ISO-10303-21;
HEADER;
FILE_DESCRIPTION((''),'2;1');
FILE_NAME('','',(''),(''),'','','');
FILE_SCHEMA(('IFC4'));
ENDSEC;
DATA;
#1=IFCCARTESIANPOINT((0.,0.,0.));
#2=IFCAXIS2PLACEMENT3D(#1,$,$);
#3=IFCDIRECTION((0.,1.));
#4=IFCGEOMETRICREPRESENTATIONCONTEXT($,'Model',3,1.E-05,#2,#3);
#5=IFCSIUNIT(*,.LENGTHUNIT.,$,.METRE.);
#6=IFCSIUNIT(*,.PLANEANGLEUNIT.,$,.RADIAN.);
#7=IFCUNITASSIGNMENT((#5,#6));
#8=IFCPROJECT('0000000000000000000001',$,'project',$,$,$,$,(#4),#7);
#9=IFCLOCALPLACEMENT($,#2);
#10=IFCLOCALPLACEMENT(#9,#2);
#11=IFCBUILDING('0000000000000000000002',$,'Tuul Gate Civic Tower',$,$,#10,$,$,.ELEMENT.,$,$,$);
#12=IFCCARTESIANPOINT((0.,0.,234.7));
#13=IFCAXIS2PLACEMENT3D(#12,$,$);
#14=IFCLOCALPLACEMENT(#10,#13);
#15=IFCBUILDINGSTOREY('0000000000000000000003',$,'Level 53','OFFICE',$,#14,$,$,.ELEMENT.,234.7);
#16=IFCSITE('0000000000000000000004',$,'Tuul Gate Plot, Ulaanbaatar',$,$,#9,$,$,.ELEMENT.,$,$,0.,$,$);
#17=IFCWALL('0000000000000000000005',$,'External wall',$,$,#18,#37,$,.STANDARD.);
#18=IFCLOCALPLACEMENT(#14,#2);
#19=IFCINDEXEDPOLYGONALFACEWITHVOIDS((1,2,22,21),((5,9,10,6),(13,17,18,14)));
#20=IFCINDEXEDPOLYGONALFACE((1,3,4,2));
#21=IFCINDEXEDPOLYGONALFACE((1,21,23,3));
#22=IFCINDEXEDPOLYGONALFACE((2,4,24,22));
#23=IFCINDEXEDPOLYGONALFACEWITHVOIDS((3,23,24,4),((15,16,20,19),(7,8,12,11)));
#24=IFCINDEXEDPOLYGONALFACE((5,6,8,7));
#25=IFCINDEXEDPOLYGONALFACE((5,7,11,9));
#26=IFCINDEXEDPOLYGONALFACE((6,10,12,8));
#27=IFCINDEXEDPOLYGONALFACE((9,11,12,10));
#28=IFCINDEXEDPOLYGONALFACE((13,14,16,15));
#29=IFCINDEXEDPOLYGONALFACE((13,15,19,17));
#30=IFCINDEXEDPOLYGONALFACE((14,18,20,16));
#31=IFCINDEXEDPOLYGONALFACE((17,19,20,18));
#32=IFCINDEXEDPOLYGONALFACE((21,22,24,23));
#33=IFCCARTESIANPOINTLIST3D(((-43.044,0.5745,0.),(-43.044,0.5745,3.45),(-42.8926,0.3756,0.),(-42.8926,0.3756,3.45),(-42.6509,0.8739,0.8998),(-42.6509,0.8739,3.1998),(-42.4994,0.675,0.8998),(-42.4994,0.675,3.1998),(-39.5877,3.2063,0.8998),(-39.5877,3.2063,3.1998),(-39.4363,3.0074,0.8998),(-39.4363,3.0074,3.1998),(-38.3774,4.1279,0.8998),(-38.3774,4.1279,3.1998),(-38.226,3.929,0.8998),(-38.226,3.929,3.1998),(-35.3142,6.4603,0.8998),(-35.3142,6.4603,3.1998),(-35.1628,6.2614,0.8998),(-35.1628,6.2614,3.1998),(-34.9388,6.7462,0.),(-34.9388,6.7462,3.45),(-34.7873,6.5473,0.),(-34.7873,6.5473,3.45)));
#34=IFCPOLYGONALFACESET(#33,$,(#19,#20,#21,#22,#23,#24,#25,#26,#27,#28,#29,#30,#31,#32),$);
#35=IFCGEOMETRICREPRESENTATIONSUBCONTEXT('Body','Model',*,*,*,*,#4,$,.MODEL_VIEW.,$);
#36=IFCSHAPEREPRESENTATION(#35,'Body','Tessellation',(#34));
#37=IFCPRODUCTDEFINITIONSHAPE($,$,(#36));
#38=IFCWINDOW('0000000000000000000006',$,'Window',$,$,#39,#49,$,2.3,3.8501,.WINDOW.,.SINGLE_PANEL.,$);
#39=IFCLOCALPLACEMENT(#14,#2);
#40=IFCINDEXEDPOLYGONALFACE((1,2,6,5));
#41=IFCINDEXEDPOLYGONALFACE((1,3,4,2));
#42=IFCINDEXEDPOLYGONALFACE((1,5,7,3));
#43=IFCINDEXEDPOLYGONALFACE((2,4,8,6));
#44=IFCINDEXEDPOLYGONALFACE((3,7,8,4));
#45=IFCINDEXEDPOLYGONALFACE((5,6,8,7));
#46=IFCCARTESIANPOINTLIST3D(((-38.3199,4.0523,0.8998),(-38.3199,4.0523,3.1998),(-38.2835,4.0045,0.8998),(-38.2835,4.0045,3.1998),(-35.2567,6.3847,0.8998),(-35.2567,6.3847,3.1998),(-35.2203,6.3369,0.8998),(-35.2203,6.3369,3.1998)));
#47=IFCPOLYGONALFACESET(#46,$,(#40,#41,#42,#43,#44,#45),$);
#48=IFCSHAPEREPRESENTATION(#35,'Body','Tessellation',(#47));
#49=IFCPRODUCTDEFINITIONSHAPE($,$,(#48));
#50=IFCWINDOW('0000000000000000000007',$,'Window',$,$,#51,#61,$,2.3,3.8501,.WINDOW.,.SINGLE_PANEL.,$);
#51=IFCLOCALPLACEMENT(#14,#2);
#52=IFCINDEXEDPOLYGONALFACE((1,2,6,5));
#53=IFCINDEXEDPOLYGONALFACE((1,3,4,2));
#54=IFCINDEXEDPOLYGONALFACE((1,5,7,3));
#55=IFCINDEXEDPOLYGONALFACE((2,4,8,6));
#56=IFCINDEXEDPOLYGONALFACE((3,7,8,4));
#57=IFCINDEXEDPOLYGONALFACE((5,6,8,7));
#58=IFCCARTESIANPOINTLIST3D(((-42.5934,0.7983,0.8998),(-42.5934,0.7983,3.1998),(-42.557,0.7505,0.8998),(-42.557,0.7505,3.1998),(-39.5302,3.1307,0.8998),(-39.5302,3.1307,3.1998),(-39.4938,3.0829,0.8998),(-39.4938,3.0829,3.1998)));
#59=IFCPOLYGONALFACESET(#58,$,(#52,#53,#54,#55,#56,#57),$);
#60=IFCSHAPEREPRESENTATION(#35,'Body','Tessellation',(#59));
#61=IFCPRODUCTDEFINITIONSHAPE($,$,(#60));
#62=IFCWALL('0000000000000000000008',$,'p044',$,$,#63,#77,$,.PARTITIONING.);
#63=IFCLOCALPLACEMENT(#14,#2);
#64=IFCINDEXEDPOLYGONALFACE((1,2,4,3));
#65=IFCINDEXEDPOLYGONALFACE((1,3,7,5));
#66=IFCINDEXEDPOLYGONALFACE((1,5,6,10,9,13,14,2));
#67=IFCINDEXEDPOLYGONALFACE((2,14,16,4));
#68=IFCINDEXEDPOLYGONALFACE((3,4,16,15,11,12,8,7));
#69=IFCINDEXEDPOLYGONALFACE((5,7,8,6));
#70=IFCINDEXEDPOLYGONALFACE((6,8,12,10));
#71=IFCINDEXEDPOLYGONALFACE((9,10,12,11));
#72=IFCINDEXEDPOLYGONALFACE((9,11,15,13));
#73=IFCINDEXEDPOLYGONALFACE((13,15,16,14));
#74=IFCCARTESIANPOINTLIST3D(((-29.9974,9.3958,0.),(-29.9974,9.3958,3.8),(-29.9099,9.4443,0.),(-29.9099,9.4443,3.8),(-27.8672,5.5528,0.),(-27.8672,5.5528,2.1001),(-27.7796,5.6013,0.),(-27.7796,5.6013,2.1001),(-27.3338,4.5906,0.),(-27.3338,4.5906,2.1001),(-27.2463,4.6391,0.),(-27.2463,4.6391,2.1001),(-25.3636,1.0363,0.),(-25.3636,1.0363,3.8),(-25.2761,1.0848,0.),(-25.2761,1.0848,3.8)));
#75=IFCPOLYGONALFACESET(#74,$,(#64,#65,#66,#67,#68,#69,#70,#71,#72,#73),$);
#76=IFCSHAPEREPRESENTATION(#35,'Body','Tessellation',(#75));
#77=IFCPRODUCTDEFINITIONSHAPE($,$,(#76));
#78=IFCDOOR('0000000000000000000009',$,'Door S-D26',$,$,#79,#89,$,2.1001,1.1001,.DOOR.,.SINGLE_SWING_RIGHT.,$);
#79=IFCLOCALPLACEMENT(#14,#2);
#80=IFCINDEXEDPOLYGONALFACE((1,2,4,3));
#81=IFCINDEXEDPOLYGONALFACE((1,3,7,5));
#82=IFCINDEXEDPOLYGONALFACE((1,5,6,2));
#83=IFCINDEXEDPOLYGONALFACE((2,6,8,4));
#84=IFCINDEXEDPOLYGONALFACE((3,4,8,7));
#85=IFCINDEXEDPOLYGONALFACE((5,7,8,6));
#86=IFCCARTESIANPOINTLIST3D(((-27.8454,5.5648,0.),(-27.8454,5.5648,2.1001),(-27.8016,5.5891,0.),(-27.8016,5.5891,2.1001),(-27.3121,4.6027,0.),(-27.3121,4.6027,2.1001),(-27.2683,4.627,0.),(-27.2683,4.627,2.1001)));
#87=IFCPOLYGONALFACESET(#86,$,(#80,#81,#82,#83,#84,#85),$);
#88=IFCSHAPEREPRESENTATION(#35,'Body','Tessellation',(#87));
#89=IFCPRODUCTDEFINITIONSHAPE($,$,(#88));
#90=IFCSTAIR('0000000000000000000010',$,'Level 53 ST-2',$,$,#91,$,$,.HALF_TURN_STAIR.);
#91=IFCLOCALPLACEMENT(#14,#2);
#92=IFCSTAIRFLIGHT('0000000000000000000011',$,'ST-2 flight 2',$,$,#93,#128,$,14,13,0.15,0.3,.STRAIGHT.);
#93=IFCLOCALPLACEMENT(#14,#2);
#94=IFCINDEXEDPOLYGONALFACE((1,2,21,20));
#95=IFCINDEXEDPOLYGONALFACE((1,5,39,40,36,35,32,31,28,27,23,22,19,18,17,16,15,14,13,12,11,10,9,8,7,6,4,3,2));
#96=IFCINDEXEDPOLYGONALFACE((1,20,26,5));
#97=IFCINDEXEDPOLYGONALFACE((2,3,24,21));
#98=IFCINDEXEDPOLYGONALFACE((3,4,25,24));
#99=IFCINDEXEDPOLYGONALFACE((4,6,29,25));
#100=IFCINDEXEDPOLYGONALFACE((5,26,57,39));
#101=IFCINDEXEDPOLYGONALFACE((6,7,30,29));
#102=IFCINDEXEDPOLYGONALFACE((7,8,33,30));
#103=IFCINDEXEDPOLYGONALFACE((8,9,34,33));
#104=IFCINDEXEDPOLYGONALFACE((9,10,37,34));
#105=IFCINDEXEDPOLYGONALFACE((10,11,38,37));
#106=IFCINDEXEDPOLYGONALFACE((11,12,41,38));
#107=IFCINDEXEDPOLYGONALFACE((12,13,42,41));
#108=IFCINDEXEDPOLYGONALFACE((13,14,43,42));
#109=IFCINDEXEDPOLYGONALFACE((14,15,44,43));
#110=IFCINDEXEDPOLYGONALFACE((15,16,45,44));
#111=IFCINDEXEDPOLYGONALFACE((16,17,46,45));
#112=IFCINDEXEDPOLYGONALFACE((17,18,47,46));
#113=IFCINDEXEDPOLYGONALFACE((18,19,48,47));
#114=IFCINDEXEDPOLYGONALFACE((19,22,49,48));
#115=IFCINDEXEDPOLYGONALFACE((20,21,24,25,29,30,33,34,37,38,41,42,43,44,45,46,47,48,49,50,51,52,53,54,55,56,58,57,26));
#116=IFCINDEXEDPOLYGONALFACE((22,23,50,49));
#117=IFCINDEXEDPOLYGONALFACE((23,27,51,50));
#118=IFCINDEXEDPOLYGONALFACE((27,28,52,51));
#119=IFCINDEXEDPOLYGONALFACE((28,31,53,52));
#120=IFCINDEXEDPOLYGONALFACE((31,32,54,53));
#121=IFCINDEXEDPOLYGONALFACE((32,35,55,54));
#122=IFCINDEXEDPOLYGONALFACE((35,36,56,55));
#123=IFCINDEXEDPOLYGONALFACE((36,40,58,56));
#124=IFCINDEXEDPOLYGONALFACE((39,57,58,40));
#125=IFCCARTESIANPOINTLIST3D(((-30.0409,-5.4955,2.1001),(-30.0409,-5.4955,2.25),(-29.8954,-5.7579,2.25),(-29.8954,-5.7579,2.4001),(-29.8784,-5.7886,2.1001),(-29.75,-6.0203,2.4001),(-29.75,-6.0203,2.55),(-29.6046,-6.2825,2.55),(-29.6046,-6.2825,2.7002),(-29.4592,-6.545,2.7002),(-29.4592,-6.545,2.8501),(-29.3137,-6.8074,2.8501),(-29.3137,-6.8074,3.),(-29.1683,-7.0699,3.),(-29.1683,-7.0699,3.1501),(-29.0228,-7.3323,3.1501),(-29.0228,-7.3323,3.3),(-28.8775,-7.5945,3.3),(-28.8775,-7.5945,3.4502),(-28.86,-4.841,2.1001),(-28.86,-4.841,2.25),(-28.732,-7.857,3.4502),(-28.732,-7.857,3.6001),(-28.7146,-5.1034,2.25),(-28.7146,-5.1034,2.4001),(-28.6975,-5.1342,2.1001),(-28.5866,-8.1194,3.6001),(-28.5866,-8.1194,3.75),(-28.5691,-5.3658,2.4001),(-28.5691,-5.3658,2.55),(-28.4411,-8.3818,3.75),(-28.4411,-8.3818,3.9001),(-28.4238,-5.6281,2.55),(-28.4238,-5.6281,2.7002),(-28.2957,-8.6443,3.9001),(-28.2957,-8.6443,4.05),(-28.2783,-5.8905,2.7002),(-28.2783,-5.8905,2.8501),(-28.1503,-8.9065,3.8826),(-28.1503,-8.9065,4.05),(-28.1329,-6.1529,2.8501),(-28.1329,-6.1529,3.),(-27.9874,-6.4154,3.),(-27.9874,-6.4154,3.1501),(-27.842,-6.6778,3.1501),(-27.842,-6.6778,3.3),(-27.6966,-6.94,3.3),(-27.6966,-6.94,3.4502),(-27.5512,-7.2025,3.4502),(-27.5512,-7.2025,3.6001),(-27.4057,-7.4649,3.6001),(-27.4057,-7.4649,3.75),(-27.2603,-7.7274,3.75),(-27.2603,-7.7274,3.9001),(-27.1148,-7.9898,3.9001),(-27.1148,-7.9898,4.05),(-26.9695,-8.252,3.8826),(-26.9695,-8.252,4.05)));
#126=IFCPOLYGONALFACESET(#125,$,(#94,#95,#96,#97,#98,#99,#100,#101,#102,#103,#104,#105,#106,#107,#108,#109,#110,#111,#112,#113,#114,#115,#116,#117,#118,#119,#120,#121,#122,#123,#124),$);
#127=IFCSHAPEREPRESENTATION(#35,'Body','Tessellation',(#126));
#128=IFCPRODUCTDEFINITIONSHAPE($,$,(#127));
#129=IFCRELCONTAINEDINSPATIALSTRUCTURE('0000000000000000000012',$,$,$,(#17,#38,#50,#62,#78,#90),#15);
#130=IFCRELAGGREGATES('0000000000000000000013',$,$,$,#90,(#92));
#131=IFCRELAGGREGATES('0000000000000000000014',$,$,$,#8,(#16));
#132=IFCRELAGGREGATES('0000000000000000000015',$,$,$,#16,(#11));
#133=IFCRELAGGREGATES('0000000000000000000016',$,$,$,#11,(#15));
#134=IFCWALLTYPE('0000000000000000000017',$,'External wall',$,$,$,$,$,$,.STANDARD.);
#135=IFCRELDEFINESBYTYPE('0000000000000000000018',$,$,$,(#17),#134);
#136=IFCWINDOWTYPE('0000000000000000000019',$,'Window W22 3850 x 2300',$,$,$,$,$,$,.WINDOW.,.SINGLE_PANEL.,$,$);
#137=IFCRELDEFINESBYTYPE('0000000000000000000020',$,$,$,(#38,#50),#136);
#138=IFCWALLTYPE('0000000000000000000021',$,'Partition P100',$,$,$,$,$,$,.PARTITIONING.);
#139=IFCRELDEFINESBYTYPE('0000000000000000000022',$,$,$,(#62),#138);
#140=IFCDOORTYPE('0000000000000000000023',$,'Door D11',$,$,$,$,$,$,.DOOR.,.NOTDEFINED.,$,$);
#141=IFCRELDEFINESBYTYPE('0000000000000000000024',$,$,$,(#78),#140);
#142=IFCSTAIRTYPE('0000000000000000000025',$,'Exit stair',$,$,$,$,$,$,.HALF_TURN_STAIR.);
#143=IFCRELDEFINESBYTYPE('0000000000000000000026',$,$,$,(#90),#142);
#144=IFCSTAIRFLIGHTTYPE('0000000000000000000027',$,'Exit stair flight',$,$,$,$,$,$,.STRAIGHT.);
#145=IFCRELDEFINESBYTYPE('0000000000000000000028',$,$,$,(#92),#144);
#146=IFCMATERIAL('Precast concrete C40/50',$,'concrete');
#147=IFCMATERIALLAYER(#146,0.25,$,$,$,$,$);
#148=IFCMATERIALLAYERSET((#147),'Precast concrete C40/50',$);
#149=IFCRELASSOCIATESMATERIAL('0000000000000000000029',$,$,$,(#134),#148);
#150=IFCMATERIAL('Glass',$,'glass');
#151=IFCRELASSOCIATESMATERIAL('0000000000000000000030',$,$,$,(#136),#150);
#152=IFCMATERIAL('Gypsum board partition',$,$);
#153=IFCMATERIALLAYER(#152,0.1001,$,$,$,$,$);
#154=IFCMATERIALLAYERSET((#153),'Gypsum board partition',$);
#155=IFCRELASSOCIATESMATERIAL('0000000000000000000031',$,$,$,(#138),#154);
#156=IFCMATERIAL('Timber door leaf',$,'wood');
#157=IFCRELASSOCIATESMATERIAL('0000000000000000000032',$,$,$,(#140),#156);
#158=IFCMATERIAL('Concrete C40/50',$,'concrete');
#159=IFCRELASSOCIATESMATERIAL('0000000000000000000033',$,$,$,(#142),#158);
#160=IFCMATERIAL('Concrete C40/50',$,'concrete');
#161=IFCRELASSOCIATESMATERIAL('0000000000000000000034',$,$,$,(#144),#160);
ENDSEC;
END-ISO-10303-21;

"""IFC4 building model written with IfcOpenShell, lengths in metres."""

from ifc_helpers import new_model, si_unit, direction, frame, frame_2d, origin, place, context, subcontext, project, spatial, polyline, rectangle, outline, extrude, material, layer, layer_set, type_object, element, fill, aggregate, save


model = new_model("IFC4")

# Units and contexts
model_context = context("Model", 3, precision=1e-05, world=origin(), true_north=direction((0.0, 1.0)))
body_context = subcontext(model_context, "Body", "Model", "MODEL_VIEW")
ifc_project = project(units=[si_unit("LENGTHUNIT", "METRE"), si_unit("PLANEANGLEUNIT", "RADIAN")], contexts=[model_context])

# Site, building, storey
site_placement = place(None, origin())
site = spatial("IfcSite", under=ifc_project, at=site_placement, Name="Tuul Gate Plot, Ulaanbaatar", CompositionType="ELEMENT", RefElevation=0.0)
building_placement = place(site_placement, origin())
building = spatial("IfcBuilding", under=site, at=building_placement, Name="Tuul Gate Civic Tower", CompositionType="ELEMENT")
storey_placement = place(building_placement, frame((0.0, 0.0, 234.7)))
storey = spatial("IfcBuildingStorey", under=building, at=storey_placement, Name="Level 53", Description="OFFICE", CompositionType="ELEMENT", Elevation=234.7)

# Wall, openings, windows
ifc_material_1 = material(Name="Precast concrete C40/50", Category="concrete")
ifc_layer_1 = layer(ifc_material_1, 0.25)
ifc_layer_set_1 = layer_set([ifc_layer_1], Name="Precast concrete C40/50")
wall_type_1 = type_object("IfcWallType", Name="External wall", PredefinedType="STANDARD", material=ifc_layer_set_1)
wall_1_placement = place(storey_placement, frame((-34.863, 6.6467, 0.0), z_axis=(0.0, 0.0, 1.0), x_axis=(-0.79561, -0.605809, 0.0)))
wall_1 = element("IfcWall", 1, at=wall_1_placement, inside=storey, type_object=wall_type_1, Name="External wall", PredefinedType="STANDARD", context=body_context, shape_type="SweptSolid", body=[
    extrude(rectangle(XDim=10.1875, YDim=0.25, at=frame_2d((5.0938, 0.0))), origin(), (0.0, 0.0, 1.0), 3.45),
])
opening_1_placement = place(wall_1_placement, frame((0.4719, 0.0, 0.8999)))
opening_1 = element("IfcOpeningElement", 2, at=opening_1_placement, cuts=wall_1, PredefinedType="OPENING", context=body_context, shape_type="SweptSolid", body=[
    extrude(rectangle(XDim=3.8501, YDim=2.3, at=frame_2d((1.925, 1.1499))), frame((0.0, 0.135, 0.0), z_axis=(0.0, -1.0, 0.0), x_axis=(1.0, 0.0, 0.0)), (0.0, 0.0, 1.0), 0.27),
])
opening_2_placement = place(wall_1_placement, frame((5.8433, 0.0, 0.8999)))
opening_2 = element("IfcOpeningElement", 3, at=opening_2_placement, cuts=wall_1, PredefinedType="OPENING", context=body_context, shape_type="SweptSolid", body=[
    extrude(rectangle(XDim=3.8501, YDim=2.3, at=frame_2d((1.925, 1.1499))), frame((0.0, 0.135, 0.0), z_axis=(0.0, -1.0, 0.0), x_axis=(1.0, 0.0, 0.0)), (0.0, 0.0, 1.0), 0.27),
])
ifc_material_2 = material(Name="Glass", Category="glass")
window_type = type_object("IfcWindowType", Name="Window W22 3850 x 2300", PartitioningType="SINGLE_PANEL", PredefinedType="WINDOW", material=ifc_material_2)
window_1_placement = place(opening_1_placement, origin())
window_1 = element("IfcWindow", 4, at=window_1_placement, inside=storey, type_object=window_type, Name="Window", OverallHeight=2.3, OverallWidth=3.8501, PartitioningType="SINGLE_PANEL", PredefinedType="WINDOW", context=body_context, shape_type="SweptSolid", body=[
    extrude(rectangle(XDim=3.8501, YDim=2.3, at=frame_2d((1.925, 1.1499))), frame((0.0, 0.03, 0.0), z_axis=(0.0, -1.0, 0.0), x_axis=(1.0, 0.0, 0.0)), (0.0, 0.0, 1.0), 0.0601),
])
fill(opening_1, window_1)
window_2_placement = place(opening_2_placement, origin())
window_2 = element("IfcWindow", 5, at=window_2_placement, inside=storey, type_object=window_type, Name="Window", OverallHeight=2.3, OverallWidth=3.8501, PartitioningType="SINGLE_PANEL", PredefinedType="WINDOW", context=body_context, shape_type="SweptSolid", body=[
    extrude(rectangle(XDim=3.8501, YDim=2.3, at=frame_2d((1.925, 1.1499))), frame((0.0, 0.03, 0.0), z_axis=(0.0, -1.0, 0.0), x_axis=(1.0, 0.0, 0.0)), (0.0, 0.0, 1.0), 0.0601),
])
fill(opening_2, window_2)

# Wall, opening, door
ifc_material_3 = material(Name="Gypsum board partition")
ifc_layer_2 = layer(ifc_material_3, 0.1001)
ifc_layer_set_2 = layer_set([ifc_layer_2], Name="Gypsum board partition")
wall_type_2 = type_object("IfcWallType", Name="Partition P100", PredefinedType="PARTITIONING", material=ifc_layer_set_2)
wall_2_placement = place(storey_placement, frame((-29.9536, 9.4199, 0.0), z_axis=(0.0, 0.0, 1.0), x_axis=(0.484819, -0.874615, 0.0)))
wall_2 = element("IfcWall", 6, at=wall_2_placement, inside=storey, type_object=wall_type_2, Name="p044", PredefinedType="PARTITIONING", context=body_context, shape_type="SweptSolid", body=[
    extrude(rectangle(XDim=9.5579, YDim=0.1001, at=frame_2d((4.7788, 0.0))), origin(), (0.0, 0.0, 1.0), 3.8),
])
opening_3_placement = place(wall_2_placement, frame((4.3938, 0.0, 0.0)))
opening_3 = element("IfcOpeningElement", 7, at=opening_3_placement, cuts=wall_2, PredefinedType="OPENING", context=body_context, shape_type="SweptSolid", body=[
    extrude(rectangle(XDim=1.1001, YDim=2.1001, at=frame_2d((0.55, 1.05))), frame((0.0, 0.0601, 0.0), z_axis=(0.0, -1.0, 0.0), x_axis=(1.0, 0.0, 0.0)), (0.0, 0.0, 1.0), 0.1201),
])
ifc_material_4 = material(Name="Timber door leaf", Category="wood")
door_type_1 = type_object("IfcDoorType", Name="Door D11", OperationType="NOTDEFINED", PredefinedType="DOOR", material=ifc_material_4)
door_1_placement = place(opening_3_placement, origin())
door_1 = element("IfcDoor", 8, at=door_1_placement, inside=storey, type_object=door_type_1, Name="Door S-D26", OperationType="SINGLE_SWING_RIGHT", OverallHeight=2.1001, OverallWidth=1.1001, PredefinedType="DOOR", context=body_context, shape_type="SweptSolid", body=[
    extrude(rectangle(XDim=1.1001, YDim=2.1001, at=frame_2d((0.55, 1.05))), frame((0.0, 0.0249, 0.0), z_axis=(0.0, -1.0, 0.0), x_axis=(1.0, 0.0, 0.0)), (0.0, 0.0, 1.0), 0.05),
])
fill(opening_3, door_1)

# Stair, stair flight
ifc_material_5 = material(Name="Concrete C40/50", Category="concrete")
stair_type = type_object("IfcStairType", Name="Exit stair", PredefinedType="HALF_TURN_STAIR", material=ifc_material_5)
stair_placement = place(storey_placement, origin())
stair = element("IfcStair", 9, at=stair_placement, inside=storey, type_object=stair_type, Name="Level 53 ST-2", PredefinedType="HALF_TURN_STAIR")
ifc_material_6 = material(Name="Concrete C40/50", Category="concrete")
stair_flight_type = type_object("IfcStairFlightType", Name="Exit stair flight", PredefinedType="STRAIGHT", material=ifc_material_6)
stair_flight_placement = place(storey_placement, frame((-29.4504, -5.1682, 2.1001), z_axis=(0.0, 0.0, 1.0), x_axis=(0.484762, -0.874646, 0.0)))
stair_flight = element("IfcStairFlight", 10, at=stair_flight_placement, type_object=stair_flight_type, Name="ST-2 flight 2", NumberOfRisers=14, NumberOfTreads=13, PredefinedType="STRAIGHT", RiserHeight=0.15, TreadLength=0.3, context=body_context, shape_type="SweptSolid", body=[
    extrude(outline(polyline([(0.0, 0.0), (0.0, 0.1499), (0.3, 0.1499), (0.3, 0.3), (0.6001, 0.3), (0.6001, 0.45), (0.8999, 0.45), (0.8999, 0.6001), (1.2, 0.6001), (1.2, 0.75), (1.5, 0.75), (1.5, 0.8999), (1.8, 0.8999), (1.8, 1.05), (2.1001, 1.05), (2.1001, 1.2), (2.3999, 1.2), (2.3999, 1.3501), (2.7, 1.3501), (2.7, 1.5), (3.0, 1.5), (3.0, 1.6499), (3.3, 1.6499), (3.3, 1.8), (3.6001, 1.8), (3.6001, 1.95), (3.8999, 1.95), (3.8999, 2.1001), (3.8999, 1.7825), (0.3352, 0.0), (0.0, 0.0)])), frame((0.0, 0.675, 0.0), z_axis=(0.0, -1.0, 0.0), x_axis=(1.0, 0.0, 0.0)), (0.0, 0.0, 1.0), 1.3501),
])
aggregate(stair, [stair_flight])

save(model, "model.ifc")
